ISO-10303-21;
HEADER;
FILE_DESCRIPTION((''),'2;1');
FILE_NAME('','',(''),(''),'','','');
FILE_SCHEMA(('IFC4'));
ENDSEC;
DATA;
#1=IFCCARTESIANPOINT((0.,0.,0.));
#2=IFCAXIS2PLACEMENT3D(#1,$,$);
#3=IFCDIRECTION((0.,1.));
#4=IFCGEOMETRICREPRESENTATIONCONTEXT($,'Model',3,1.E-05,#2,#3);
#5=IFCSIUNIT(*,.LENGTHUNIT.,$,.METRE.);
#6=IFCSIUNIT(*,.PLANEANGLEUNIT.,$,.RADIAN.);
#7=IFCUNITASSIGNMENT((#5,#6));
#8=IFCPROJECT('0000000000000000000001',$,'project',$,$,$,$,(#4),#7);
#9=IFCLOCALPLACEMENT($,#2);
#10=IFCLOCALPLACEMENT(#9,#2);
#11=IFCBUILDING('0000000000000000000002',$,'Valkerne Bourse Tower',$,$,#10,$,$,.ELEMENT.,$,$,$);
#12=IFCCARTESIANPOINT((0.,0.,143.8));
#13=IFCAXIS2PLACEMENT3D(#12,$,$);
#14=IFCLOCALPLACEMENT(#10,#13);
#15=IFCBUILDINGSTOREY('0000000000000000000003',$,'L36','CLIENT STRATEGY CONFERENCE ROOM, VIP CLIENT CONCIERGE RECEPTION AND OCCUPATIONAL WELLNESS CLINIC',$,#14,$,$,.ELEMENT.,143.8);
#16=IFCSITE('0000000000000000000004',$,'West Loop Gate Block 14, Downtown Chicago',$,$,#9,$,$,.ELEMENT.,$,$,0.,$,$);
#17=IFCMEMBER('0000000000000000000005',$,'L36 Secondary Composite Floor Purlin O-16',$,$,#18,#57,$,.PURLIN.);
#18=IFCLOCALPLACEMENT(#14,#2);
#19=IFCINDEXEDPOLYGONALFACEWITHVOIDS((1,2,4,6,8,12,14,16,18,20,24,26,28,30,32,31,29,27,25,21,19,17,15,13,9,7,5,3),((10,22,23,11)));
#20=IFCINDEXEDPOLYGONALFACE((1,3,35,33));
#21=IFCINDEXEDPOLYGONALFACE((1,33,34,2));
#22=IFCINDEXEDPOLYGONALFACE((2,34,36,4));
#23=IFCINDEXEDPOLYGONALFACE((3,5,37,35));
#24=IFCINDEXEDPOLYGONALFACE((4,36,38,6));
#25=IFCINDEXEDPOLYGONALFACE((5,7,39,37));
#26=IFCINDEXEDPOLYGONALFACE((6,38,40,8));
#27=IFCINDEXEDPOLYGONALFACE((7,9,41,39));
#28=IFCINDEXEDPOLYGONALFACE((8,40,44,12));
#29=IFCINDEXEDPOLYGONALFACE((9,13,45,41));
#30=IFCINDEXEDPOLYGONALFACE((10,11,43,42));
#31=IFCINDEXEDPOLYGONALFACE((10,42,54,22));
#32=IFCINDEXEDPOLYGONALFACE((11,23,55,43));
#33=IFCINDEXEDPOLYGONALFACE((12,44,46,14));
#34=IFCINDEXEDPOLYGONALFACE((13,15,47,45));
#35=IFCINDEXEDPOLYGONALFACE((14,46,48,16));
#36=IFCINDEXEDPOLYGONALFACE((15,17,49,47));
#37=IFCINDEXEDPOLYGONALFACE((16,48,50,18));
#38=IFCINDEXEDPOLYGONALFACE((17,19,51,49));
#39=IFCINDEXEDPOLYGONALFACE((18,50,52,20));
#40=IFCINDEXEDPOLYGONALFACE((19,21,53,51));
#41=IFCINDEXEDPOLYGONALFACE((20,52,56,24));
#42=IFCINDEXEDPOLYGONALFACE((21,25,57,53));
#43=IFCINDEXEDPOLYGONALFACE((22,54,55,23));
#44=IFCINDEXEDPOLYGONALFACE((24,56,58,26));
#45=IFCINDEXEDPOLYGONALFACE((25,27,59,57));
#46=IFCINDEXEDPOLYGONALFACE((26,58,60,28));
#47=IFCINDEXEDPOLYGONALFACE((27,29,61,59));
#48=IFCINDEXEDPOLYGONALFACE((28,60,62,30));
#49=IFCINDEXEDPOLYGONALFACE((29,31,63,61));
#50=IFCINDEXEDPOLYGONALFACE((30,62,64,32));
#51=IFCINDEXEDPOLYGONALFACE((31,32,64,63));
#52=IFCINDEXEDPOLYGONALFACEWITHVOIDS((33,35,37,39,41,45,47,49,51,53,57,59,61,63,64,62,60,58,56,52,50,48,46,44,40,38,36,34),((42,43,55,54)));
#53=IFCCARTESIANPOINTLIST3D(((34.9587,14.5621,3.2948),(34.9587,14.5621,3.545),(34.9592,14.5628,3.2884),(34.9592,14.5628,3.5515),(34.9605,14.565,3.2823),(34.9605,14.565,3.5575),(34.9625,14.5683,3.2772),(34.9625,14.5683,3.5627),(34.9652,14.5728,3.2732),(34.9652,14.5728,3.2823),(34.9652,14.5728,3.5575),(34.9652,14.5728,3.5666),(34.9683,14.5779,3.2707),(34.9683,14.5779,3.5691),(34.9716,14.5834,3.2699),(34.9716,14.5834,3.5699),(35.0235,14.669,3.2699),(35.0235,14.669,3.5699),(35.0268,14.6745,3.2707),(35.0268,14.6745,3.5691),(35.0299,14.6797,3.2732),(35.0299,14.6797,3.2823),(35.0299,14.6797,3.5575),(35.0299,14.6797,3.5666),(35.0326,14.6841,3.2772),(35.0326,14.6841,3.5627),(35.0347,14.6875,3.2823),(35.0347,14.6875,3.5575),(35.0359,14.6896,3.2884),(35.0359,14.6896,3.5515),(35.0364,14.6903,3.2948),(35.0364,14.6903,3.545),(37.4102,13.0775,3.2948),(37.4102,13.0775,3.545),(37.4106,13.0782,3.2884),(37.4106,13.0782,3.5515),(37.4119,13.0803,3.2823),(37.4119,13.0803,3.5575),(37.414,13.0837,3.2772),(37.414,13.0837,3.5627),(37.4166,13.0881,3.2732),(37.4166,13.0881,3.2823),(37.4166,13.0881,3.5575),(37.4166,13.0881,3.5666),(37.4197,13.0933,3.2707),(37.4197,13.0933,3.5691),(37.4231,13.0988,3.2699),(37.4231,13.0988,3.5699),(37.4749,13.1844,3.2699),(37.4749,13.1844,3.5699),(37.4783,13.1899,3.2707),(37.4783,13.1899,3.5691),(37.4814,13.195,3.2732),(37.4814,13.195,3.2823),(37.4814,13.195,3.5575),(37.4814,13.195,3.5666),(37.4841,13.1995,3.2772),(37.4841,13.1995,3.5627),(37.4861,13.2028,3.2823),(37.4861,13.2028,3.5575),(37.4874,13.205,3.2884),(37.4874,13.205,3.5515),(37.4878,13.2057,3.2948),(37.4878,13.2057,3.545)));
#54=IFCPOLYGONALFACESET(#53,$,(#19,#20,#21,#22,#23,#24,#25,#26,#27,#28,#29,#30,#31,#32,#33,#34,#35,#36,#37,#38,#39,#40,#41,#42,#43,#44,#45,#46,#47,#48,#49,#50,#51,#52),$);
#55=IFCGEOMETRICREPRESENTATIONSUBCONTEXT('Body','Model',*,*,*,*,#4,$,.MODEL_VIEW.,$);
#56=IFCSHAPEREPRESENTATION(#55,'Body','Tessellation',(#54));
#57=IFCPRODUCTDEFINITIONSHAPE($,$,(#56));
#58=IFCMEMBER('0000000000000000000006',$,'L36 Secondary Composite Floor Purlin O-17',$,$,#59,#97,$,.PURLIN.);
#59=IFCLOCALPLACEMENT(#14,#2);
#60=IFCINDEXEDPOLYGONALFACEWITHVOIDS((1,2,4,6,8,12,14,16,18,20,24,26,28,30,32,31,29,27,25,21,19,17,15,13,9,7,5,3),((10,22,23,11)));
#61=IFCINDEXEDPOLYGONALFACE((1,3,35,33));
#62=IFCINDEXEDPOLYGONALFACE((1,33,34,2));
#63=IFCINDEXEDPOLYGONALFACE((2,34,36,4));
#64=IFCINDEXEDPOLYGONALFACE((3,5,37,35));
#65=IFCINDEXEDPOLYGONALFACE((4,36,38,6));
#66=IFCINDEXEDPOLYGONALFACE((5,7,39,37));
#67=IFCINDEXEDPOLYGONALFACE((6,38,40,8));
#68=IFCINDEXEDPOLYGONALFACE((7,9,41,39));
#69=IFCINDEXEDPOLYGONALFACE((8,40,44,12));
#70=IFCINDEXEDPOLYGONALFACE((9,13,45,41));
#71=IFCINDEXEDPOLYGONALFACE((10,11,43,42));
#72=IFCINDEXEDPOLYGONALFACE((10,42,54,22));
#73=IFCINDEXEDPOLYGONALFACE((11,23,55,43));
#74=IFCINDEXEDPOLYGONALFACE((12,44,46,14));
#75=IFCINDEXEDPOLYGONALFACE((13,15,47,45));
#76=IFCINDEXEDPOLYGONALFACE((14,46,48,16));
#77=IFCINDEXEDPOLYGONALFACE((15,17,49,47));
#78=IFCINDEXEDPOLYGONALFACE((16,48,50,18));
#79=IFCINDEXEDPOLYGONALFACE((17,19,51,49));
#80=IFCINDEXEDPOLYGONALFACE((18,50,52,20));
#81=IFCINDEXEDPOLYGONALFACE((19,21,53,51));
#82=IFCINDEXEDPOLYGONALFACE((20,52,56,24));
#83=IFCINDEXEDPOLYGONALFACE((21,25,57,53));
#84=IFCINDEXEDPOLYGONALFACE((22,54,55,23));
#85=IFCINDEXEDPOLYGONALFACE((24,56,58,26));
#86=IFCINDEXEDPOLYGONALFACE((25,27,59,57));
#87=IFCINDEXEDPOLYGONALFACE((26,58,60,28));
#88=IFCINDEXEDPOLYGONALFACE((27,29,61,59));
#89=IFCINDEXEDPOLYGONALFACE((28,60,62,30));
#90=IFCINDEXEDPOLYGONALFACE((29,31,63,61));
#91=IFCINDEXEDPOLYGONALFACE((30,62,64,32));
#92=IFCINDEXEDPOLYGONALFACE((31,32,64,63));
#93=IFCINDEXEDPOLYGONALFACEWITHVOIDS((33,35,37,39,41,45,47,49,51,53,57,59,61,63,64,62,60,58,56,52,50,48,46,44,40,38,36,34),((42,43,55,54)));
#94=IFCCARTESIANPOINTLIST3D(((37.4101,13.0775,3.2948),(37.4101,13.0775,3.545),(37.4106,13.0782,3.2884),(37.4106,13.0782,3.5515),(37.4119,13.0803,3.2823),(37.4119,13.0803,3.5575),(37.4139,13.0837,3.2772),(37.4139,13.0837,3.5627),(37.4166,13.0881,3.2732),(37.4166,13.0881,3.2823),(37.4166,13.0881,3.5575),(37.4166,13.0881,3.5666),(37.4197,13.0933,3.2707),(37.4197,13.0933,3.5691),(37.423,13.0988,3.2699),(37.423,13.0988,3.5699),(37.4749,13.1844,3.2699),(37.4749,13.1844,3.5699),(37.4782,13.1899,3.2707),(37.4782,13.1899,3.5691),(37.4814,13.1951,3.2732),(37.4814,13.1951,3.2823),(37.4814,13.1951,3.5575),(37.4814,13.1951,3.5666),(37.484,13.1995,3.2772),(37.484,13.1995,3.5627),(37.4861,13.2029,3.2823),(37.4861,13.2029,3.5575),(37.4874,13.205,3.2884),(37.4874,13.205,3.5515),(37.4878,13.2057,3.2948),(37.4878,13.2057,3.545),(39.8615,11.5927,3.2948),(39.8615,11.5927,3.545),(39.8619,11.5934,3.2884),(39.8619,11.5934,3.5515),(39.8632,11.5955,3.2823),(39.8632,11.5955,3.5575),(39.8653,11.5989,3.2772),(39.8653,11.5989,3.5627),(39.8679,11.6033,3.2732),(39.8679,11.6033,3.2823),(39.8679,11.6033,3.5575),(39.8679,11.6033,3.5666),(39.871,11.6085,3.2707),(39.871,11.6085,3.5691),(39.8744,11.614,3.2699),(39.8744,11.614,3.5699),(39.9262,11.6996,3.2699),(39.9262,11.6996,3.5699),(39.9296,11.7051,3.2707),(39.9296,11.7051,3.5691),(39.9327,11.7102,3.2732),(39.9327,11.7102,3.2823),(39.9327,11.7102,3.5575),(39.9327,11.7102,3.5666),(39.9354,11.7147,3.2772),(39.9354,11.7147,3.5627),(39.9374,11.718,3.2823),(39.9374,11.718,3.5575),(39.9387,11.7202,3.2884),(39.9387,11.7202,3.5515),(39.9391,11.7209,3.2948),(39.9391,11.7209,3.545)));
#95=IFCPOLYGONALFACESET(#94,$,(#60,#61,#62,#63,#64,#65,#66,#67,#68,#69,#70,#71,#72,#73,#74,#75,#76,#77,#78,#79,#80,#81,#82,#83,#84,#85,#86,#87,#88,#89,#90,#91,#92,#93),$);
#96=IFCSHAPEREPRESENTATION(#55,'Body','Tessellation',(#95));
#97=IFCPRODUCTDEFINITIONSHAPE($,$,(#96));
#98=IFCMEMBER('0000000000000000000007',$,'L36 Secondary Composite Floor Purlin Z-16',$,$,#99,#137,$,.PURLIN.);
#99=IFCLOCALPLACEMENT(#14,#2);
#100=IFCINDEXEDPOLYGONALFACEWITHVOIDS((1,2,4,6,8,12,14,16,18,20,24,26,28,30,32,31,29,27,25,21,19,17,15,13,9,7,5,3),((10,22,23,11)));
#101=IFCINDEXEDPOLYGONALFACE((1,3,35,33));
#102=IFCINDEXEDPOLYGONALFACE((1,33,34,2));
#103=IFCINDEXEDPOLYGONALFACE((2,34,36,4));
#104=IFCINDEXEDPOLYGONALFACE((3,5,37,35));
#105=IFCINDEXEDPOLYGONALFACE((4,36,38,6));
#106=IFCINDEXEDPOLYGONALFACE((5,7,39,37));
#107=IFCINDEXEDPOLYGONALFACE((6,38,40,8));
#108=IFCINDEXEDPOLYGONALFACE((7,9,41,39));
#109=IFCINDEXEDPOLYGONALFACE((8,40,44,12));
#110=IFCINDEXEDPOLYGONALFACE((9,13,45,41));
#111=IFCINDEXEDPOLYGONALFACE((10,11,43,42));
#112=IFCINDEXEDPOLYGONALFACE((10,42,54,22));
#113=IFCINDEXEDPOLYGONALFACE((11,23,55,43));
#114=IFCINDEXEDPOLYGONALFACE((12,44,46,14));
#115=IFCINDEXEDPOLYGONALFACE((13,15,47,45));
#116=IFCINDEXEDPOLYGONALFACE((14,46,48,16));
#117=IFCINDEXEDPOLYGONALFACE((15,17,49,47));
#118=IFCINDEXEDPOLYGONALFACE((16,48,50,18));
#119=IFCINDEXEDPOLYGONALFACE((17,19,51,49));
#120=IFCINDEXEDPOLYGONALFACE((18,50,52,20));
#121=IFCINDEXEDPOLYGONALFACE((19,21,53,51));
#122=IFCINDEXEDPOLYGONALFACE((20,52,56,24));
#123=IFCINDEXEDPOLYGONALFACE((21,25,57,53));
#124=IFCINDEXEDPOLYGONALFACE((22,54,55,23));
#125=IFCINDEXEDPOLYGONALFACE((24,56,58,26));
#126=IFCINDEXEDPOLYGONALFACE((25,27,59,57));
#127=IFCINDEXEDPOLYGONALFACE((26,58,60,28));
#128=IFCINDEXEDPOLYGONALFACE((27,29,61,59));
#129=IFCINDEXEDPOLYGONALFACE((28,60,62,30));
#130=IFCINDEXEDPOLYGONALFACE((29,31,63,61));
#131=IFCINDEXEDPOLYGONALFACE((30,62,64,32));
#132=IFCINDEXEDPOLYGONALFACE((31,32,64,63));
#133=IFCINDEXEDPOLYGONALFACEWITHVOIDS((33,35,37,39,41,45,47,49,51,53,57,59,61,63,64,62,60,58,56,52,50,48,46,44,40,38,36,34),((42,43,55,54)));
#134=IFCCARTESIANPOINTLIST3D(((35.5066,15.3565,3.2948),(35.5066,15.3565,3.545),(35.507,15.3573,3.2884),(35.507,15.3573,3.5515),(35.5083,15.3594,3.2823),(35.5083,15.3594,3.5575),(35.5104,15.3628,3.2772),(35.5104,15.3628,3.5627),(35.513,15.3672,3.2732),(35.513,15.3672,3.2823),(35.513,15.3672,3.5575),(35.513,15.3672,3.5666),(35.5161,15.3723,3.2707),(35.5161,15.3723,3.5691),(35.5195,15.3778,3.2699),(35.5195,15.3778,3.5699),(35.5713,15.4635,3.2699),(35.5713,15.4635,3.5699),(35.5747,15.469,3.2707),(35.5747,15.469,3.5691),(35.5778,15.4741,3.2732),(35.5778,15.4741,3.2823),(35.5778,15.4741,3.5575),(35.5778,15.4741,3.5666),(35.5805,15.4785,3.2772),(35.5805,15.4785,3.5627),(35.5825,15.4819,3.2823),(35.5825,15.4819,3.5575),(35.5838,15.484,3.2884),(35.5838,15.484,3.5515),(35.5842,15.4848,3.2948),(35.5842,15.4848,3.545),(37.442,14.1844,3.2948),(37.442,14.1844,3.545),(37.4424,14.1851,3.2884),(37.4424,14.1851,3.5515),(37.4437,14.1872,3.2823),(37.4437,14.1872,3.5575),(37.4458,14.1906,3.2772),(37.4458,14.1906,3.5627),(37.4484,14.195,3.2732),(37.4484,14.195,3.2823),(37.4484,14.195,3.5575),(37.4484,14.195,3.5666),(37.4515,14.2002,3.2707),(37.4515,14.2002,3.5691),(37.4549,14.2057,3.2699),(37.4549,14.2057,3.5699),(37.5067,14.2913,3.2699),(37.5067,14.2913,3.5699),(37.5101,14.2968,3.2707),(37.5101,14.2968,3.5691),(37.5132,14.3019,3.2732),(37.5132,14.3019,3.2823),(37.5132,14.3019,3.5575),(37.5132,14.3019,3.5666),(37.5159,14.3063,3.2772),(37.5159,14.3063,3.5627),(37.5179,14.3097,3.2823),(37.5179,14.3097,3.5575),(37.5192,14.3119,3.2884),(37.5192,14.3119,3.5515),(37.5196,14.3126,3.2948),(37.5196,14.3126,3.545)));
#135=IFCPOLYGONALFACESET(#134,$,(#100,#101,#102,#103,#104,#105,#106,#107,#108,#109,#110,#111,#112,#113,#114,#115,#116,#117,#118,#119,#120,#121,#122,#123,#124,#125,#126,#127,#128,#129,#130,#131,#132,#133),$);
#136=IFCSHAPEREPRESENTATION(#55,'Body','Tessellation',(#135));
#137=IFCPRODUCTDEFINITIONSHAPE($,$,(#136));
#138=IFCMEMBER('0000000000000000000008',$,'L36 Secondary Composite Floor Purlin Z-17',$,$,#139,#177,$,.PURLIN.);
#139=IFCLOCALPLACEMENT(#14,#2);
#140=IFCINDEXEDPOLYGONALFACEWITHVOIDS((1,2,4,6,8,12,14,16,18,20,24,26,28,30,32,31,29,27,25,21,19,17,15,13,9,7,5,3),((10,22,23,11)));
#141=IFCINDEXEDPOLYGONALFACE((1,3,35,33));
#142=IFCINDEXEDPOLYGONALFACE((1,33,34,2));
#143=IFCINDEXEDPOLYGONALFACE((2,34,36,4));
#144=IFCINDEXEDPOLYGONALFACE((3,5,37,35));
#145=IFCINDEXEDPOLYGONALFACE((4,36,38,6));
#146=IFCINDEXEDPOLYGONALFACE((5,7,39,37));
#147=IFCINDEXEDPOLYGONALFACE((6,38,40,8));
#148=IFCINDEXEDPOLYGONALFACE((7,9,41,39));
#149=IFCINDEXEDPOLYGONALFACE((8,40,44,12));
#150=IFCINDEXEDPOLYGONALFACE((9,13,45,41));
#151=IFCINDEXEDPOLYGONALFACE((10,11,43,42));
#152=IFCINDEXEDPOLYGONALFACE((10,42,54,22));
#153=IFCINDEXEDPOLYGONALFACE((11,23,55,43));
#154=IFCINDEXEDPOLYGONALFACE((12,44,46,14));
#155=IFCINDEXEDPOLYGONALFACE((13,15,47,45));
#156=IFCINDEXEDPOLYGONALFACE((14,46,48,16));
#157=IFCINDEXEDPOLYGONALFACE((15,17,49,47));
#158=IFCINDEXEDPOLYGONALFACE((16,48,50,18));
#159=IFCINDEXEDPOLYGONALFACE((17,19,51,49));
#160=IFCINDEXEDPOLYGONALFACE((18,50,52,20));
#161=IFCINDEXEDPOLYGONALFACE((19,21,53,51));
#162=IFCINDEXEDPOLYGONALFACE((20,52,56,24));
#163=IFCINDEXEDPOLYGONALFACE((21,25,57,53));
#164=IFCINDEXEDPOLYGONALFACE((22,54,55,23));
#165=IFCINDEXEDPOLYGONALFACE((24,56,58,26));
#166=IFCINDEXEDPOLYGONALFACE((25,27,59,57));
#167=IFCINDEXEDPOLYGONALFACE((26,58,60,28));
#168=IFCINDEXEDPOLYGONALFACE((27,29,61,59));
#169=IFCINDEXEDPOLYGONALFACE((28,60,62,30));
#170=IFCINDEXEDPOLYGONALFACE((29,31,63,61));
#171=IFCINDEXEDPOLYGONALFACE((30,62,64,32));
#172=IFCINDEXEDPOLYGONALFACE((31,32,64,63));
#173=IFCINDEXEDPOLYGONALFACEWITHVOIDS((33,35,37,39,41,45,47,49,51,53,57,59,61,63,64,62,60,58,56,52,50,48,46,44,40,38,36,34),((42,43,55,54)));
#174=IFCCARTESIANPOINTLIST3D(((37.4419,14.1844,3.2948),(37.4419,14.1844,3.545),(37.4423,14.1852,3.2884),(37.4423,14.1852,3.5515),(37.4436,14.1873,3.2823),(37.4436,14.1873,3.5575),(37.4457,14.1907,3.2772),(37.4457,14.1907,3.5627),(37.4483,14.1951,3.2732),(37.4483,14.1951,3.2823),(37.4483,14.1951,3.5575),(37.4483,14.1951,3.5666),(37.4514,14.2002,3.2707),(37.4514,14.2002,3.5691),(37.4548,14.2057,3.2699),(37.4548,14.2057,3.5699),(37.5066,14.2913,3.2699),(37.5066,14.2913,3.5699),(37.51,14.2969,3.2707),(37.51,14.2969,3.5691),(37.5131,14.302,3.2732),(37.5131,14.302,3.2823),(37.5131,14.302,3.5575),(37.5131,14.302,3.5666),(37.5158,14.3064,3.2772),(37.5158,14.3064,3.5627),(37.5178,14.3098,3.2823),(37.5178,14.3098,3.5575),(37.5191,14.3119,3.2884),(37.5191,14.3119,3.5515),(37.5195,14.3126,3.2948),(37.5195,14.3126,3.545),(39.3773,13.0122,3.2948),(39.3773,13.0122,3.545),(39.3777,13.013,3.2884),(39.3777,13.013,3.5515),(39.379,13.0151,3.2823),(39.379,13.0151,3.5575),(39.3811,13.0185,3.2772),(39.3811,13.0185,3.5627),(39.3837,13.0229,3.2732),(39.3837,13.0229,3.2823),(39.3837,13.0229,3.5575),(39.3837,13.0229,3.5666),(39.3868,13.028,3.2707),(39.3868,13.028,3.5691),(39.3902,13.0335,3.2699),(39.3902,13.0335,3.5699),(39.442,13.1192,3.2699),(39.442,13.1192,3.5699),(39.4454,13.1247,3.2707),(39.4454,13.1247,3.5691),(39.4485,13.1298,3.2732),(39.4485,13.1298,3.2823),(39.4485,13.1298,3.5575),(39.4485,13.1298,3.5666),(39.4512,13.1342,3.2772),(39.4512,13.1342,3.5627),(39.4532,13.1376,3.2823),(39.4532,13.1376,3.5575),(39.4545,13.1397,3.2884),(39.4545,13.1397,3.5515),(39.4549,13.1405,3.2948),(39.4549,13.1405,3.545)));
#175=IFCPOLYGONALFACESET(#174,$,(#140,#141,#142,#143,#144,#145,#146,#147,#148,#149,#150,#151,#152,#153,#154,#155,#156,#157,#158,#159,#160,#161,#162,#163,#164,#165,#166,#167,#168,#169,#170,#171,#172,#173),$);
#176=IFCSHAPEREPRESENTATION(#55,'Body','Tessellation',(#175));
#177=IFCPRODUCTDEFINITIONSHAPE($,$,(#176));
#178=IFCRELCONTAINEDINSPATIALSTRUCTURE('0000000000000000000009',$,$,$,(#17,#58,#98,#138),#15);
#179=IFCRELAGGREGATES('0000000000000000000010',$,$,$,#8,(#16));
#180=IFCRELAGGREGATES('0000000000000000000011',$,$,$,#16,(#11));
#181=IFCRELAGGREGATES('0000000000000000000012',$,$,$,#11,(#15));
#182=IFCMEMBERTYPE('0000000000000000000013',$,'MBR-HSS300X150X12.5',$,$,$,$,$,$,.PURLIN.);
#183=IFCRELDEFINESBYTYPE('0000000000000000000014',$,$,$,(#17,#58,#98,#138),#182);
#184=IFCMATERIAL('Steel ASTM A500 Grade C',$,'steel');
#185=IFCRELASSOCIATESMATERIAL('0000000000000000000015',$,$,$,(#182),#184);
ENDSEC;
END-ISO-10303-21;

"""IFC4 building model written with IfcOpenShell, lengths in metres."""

from ifc_helpers import new_model, si_unit, direction, frame, origin, origin_2d, place, context, subcontext, project, spatial, hollow_rectangle, extrude, material, material_profile, profile_set, type_object, element, save


model = new_model("IFC4")

# Units and contexts
model_context = context("Model", 3, precision=1e-05, world=origin(), true_north=direction((0.0, 1.0)))
body_context = subcontext(model_context, "Body", "Model", "MODEL_VIEW")
ifc_project = project(units=[si_unit("LENGTHUNIT", "METRE"), si_unit("PLANEANGLEUNIT", "RADIAN")], contexts=[model_context])

# Site, building, storey
site_placement = place(None, origin())
site = spatial("IfcSite", under=ifc_project, at=site_placement, Name="West Loop Gate Block 14, Downtown Chicago", CompositionType="ELEMENT", RefElevation=0.0)
building_placement = place(site_placement, origin())
building = spatial("IfcBuilding", under=site, at=building_placement, Name="Valkerne Bourse Tower", CompositionType="ELEMENT")
storey_placement = place(building_placement, frame((0.0, 0.0, 143.8)))
storey = spatial("IfcBuildingStorey", under=building, at=storey_placement, Name="L36", Description="CLIENT STRATEGY CONFERENCE ROOM, VIP CLIENT CONCIERGE RECEPTION AND OCCUPATIONAL WELLNESS CLINIC", CompositionType="ELEMENT", Elevation=143.8)

# Members
ifc_material_1 = material(Name="Steel ASTM A500 Grade C", Category="steel")
ifc_material_profile_1 = material_profile(ifc_material_1, hollow_rectangle(XDim=0.1499, YDim=0.3, WallThickness=0.0125, OuterFilletRadius=0.0249, at=origin_2d()), Name="HSS300X150X12.5")
ifc_profile_set_1 = profile_set([ifc_material_profile_1], Name="Steel ASTM A500 Grade C")
member_type_1 = type_object("IfcMemberType", Name="MBR-HSS300X150X12.5", PredefinedType="PURLIN", material=ifc_profile_set_1)
for number, where, z_axis, x_axis, name in (
    (1, (34.9976, 14.6262, 3.4199), (0.855366, -0.518024, 0.0), (0.518024, 0.855366, 0.0), "L36 Secondary Composite Floor Purlin O-16"),
    (2, (37.449, 13.1416, 3.4199), (0.855328, -0.518086, 0.0), (0.518086, 0.855328, 0.0), "L36 Secondary Composite Floor Purlin O-17"),
):
    element("IfcMember", number, at=place(storey_placement, frame(where, z_axis=z_axis, x_axis=x_axis)), inside=storey, type_object=member_type_1, Name=name, PredefinedType="PURLIN", context=body_context, shape_type="SweptSolid", body=[
        extrude(hollow_rectangle(XDim=0.1499, YDim=0.3, WallThickness=0.0125, OuterFilletRadius=0.0249, at=origin_2d()), origin(), (0.0, 0.0, 1.0), 2.866),
    ])
for number, where, z_axis, x_axis, name in (
    (3, (35.5454, 15.4207, 3.4199), (0.855353, -0.518046, 0.0), (0.518046, 0.855353, 0.0), "L36 Secondary Composite Floor Purlin Z-16"),
    (4, (37.4807, 14.2485, 3.4199), (0.855353, -0.518046, 0.0), (0.518046, 0.855353, 0.0), "L36 Secondary Composite Floor Purlin Z-17"),
):
    element("IfcMember", number, at=place(storey_placement, frame(where, z_axis=z_axis, x_axis=x_axis)), inside=storey, type_object=member_type_1, Name=name, PredefinedType="PURLIN", context=body_context, shape_type="SweptSolid", body=[
        extrude(hollow_rectangle(XDim=0.1499, YDim=0.3, WallThickness=0.0125, OuterFilletRadius=0.0249, at=origin_2d()), origin(), (0.0, 0.0, 1.0), 2.2627),
    ])

save(model, "model.ifc")
